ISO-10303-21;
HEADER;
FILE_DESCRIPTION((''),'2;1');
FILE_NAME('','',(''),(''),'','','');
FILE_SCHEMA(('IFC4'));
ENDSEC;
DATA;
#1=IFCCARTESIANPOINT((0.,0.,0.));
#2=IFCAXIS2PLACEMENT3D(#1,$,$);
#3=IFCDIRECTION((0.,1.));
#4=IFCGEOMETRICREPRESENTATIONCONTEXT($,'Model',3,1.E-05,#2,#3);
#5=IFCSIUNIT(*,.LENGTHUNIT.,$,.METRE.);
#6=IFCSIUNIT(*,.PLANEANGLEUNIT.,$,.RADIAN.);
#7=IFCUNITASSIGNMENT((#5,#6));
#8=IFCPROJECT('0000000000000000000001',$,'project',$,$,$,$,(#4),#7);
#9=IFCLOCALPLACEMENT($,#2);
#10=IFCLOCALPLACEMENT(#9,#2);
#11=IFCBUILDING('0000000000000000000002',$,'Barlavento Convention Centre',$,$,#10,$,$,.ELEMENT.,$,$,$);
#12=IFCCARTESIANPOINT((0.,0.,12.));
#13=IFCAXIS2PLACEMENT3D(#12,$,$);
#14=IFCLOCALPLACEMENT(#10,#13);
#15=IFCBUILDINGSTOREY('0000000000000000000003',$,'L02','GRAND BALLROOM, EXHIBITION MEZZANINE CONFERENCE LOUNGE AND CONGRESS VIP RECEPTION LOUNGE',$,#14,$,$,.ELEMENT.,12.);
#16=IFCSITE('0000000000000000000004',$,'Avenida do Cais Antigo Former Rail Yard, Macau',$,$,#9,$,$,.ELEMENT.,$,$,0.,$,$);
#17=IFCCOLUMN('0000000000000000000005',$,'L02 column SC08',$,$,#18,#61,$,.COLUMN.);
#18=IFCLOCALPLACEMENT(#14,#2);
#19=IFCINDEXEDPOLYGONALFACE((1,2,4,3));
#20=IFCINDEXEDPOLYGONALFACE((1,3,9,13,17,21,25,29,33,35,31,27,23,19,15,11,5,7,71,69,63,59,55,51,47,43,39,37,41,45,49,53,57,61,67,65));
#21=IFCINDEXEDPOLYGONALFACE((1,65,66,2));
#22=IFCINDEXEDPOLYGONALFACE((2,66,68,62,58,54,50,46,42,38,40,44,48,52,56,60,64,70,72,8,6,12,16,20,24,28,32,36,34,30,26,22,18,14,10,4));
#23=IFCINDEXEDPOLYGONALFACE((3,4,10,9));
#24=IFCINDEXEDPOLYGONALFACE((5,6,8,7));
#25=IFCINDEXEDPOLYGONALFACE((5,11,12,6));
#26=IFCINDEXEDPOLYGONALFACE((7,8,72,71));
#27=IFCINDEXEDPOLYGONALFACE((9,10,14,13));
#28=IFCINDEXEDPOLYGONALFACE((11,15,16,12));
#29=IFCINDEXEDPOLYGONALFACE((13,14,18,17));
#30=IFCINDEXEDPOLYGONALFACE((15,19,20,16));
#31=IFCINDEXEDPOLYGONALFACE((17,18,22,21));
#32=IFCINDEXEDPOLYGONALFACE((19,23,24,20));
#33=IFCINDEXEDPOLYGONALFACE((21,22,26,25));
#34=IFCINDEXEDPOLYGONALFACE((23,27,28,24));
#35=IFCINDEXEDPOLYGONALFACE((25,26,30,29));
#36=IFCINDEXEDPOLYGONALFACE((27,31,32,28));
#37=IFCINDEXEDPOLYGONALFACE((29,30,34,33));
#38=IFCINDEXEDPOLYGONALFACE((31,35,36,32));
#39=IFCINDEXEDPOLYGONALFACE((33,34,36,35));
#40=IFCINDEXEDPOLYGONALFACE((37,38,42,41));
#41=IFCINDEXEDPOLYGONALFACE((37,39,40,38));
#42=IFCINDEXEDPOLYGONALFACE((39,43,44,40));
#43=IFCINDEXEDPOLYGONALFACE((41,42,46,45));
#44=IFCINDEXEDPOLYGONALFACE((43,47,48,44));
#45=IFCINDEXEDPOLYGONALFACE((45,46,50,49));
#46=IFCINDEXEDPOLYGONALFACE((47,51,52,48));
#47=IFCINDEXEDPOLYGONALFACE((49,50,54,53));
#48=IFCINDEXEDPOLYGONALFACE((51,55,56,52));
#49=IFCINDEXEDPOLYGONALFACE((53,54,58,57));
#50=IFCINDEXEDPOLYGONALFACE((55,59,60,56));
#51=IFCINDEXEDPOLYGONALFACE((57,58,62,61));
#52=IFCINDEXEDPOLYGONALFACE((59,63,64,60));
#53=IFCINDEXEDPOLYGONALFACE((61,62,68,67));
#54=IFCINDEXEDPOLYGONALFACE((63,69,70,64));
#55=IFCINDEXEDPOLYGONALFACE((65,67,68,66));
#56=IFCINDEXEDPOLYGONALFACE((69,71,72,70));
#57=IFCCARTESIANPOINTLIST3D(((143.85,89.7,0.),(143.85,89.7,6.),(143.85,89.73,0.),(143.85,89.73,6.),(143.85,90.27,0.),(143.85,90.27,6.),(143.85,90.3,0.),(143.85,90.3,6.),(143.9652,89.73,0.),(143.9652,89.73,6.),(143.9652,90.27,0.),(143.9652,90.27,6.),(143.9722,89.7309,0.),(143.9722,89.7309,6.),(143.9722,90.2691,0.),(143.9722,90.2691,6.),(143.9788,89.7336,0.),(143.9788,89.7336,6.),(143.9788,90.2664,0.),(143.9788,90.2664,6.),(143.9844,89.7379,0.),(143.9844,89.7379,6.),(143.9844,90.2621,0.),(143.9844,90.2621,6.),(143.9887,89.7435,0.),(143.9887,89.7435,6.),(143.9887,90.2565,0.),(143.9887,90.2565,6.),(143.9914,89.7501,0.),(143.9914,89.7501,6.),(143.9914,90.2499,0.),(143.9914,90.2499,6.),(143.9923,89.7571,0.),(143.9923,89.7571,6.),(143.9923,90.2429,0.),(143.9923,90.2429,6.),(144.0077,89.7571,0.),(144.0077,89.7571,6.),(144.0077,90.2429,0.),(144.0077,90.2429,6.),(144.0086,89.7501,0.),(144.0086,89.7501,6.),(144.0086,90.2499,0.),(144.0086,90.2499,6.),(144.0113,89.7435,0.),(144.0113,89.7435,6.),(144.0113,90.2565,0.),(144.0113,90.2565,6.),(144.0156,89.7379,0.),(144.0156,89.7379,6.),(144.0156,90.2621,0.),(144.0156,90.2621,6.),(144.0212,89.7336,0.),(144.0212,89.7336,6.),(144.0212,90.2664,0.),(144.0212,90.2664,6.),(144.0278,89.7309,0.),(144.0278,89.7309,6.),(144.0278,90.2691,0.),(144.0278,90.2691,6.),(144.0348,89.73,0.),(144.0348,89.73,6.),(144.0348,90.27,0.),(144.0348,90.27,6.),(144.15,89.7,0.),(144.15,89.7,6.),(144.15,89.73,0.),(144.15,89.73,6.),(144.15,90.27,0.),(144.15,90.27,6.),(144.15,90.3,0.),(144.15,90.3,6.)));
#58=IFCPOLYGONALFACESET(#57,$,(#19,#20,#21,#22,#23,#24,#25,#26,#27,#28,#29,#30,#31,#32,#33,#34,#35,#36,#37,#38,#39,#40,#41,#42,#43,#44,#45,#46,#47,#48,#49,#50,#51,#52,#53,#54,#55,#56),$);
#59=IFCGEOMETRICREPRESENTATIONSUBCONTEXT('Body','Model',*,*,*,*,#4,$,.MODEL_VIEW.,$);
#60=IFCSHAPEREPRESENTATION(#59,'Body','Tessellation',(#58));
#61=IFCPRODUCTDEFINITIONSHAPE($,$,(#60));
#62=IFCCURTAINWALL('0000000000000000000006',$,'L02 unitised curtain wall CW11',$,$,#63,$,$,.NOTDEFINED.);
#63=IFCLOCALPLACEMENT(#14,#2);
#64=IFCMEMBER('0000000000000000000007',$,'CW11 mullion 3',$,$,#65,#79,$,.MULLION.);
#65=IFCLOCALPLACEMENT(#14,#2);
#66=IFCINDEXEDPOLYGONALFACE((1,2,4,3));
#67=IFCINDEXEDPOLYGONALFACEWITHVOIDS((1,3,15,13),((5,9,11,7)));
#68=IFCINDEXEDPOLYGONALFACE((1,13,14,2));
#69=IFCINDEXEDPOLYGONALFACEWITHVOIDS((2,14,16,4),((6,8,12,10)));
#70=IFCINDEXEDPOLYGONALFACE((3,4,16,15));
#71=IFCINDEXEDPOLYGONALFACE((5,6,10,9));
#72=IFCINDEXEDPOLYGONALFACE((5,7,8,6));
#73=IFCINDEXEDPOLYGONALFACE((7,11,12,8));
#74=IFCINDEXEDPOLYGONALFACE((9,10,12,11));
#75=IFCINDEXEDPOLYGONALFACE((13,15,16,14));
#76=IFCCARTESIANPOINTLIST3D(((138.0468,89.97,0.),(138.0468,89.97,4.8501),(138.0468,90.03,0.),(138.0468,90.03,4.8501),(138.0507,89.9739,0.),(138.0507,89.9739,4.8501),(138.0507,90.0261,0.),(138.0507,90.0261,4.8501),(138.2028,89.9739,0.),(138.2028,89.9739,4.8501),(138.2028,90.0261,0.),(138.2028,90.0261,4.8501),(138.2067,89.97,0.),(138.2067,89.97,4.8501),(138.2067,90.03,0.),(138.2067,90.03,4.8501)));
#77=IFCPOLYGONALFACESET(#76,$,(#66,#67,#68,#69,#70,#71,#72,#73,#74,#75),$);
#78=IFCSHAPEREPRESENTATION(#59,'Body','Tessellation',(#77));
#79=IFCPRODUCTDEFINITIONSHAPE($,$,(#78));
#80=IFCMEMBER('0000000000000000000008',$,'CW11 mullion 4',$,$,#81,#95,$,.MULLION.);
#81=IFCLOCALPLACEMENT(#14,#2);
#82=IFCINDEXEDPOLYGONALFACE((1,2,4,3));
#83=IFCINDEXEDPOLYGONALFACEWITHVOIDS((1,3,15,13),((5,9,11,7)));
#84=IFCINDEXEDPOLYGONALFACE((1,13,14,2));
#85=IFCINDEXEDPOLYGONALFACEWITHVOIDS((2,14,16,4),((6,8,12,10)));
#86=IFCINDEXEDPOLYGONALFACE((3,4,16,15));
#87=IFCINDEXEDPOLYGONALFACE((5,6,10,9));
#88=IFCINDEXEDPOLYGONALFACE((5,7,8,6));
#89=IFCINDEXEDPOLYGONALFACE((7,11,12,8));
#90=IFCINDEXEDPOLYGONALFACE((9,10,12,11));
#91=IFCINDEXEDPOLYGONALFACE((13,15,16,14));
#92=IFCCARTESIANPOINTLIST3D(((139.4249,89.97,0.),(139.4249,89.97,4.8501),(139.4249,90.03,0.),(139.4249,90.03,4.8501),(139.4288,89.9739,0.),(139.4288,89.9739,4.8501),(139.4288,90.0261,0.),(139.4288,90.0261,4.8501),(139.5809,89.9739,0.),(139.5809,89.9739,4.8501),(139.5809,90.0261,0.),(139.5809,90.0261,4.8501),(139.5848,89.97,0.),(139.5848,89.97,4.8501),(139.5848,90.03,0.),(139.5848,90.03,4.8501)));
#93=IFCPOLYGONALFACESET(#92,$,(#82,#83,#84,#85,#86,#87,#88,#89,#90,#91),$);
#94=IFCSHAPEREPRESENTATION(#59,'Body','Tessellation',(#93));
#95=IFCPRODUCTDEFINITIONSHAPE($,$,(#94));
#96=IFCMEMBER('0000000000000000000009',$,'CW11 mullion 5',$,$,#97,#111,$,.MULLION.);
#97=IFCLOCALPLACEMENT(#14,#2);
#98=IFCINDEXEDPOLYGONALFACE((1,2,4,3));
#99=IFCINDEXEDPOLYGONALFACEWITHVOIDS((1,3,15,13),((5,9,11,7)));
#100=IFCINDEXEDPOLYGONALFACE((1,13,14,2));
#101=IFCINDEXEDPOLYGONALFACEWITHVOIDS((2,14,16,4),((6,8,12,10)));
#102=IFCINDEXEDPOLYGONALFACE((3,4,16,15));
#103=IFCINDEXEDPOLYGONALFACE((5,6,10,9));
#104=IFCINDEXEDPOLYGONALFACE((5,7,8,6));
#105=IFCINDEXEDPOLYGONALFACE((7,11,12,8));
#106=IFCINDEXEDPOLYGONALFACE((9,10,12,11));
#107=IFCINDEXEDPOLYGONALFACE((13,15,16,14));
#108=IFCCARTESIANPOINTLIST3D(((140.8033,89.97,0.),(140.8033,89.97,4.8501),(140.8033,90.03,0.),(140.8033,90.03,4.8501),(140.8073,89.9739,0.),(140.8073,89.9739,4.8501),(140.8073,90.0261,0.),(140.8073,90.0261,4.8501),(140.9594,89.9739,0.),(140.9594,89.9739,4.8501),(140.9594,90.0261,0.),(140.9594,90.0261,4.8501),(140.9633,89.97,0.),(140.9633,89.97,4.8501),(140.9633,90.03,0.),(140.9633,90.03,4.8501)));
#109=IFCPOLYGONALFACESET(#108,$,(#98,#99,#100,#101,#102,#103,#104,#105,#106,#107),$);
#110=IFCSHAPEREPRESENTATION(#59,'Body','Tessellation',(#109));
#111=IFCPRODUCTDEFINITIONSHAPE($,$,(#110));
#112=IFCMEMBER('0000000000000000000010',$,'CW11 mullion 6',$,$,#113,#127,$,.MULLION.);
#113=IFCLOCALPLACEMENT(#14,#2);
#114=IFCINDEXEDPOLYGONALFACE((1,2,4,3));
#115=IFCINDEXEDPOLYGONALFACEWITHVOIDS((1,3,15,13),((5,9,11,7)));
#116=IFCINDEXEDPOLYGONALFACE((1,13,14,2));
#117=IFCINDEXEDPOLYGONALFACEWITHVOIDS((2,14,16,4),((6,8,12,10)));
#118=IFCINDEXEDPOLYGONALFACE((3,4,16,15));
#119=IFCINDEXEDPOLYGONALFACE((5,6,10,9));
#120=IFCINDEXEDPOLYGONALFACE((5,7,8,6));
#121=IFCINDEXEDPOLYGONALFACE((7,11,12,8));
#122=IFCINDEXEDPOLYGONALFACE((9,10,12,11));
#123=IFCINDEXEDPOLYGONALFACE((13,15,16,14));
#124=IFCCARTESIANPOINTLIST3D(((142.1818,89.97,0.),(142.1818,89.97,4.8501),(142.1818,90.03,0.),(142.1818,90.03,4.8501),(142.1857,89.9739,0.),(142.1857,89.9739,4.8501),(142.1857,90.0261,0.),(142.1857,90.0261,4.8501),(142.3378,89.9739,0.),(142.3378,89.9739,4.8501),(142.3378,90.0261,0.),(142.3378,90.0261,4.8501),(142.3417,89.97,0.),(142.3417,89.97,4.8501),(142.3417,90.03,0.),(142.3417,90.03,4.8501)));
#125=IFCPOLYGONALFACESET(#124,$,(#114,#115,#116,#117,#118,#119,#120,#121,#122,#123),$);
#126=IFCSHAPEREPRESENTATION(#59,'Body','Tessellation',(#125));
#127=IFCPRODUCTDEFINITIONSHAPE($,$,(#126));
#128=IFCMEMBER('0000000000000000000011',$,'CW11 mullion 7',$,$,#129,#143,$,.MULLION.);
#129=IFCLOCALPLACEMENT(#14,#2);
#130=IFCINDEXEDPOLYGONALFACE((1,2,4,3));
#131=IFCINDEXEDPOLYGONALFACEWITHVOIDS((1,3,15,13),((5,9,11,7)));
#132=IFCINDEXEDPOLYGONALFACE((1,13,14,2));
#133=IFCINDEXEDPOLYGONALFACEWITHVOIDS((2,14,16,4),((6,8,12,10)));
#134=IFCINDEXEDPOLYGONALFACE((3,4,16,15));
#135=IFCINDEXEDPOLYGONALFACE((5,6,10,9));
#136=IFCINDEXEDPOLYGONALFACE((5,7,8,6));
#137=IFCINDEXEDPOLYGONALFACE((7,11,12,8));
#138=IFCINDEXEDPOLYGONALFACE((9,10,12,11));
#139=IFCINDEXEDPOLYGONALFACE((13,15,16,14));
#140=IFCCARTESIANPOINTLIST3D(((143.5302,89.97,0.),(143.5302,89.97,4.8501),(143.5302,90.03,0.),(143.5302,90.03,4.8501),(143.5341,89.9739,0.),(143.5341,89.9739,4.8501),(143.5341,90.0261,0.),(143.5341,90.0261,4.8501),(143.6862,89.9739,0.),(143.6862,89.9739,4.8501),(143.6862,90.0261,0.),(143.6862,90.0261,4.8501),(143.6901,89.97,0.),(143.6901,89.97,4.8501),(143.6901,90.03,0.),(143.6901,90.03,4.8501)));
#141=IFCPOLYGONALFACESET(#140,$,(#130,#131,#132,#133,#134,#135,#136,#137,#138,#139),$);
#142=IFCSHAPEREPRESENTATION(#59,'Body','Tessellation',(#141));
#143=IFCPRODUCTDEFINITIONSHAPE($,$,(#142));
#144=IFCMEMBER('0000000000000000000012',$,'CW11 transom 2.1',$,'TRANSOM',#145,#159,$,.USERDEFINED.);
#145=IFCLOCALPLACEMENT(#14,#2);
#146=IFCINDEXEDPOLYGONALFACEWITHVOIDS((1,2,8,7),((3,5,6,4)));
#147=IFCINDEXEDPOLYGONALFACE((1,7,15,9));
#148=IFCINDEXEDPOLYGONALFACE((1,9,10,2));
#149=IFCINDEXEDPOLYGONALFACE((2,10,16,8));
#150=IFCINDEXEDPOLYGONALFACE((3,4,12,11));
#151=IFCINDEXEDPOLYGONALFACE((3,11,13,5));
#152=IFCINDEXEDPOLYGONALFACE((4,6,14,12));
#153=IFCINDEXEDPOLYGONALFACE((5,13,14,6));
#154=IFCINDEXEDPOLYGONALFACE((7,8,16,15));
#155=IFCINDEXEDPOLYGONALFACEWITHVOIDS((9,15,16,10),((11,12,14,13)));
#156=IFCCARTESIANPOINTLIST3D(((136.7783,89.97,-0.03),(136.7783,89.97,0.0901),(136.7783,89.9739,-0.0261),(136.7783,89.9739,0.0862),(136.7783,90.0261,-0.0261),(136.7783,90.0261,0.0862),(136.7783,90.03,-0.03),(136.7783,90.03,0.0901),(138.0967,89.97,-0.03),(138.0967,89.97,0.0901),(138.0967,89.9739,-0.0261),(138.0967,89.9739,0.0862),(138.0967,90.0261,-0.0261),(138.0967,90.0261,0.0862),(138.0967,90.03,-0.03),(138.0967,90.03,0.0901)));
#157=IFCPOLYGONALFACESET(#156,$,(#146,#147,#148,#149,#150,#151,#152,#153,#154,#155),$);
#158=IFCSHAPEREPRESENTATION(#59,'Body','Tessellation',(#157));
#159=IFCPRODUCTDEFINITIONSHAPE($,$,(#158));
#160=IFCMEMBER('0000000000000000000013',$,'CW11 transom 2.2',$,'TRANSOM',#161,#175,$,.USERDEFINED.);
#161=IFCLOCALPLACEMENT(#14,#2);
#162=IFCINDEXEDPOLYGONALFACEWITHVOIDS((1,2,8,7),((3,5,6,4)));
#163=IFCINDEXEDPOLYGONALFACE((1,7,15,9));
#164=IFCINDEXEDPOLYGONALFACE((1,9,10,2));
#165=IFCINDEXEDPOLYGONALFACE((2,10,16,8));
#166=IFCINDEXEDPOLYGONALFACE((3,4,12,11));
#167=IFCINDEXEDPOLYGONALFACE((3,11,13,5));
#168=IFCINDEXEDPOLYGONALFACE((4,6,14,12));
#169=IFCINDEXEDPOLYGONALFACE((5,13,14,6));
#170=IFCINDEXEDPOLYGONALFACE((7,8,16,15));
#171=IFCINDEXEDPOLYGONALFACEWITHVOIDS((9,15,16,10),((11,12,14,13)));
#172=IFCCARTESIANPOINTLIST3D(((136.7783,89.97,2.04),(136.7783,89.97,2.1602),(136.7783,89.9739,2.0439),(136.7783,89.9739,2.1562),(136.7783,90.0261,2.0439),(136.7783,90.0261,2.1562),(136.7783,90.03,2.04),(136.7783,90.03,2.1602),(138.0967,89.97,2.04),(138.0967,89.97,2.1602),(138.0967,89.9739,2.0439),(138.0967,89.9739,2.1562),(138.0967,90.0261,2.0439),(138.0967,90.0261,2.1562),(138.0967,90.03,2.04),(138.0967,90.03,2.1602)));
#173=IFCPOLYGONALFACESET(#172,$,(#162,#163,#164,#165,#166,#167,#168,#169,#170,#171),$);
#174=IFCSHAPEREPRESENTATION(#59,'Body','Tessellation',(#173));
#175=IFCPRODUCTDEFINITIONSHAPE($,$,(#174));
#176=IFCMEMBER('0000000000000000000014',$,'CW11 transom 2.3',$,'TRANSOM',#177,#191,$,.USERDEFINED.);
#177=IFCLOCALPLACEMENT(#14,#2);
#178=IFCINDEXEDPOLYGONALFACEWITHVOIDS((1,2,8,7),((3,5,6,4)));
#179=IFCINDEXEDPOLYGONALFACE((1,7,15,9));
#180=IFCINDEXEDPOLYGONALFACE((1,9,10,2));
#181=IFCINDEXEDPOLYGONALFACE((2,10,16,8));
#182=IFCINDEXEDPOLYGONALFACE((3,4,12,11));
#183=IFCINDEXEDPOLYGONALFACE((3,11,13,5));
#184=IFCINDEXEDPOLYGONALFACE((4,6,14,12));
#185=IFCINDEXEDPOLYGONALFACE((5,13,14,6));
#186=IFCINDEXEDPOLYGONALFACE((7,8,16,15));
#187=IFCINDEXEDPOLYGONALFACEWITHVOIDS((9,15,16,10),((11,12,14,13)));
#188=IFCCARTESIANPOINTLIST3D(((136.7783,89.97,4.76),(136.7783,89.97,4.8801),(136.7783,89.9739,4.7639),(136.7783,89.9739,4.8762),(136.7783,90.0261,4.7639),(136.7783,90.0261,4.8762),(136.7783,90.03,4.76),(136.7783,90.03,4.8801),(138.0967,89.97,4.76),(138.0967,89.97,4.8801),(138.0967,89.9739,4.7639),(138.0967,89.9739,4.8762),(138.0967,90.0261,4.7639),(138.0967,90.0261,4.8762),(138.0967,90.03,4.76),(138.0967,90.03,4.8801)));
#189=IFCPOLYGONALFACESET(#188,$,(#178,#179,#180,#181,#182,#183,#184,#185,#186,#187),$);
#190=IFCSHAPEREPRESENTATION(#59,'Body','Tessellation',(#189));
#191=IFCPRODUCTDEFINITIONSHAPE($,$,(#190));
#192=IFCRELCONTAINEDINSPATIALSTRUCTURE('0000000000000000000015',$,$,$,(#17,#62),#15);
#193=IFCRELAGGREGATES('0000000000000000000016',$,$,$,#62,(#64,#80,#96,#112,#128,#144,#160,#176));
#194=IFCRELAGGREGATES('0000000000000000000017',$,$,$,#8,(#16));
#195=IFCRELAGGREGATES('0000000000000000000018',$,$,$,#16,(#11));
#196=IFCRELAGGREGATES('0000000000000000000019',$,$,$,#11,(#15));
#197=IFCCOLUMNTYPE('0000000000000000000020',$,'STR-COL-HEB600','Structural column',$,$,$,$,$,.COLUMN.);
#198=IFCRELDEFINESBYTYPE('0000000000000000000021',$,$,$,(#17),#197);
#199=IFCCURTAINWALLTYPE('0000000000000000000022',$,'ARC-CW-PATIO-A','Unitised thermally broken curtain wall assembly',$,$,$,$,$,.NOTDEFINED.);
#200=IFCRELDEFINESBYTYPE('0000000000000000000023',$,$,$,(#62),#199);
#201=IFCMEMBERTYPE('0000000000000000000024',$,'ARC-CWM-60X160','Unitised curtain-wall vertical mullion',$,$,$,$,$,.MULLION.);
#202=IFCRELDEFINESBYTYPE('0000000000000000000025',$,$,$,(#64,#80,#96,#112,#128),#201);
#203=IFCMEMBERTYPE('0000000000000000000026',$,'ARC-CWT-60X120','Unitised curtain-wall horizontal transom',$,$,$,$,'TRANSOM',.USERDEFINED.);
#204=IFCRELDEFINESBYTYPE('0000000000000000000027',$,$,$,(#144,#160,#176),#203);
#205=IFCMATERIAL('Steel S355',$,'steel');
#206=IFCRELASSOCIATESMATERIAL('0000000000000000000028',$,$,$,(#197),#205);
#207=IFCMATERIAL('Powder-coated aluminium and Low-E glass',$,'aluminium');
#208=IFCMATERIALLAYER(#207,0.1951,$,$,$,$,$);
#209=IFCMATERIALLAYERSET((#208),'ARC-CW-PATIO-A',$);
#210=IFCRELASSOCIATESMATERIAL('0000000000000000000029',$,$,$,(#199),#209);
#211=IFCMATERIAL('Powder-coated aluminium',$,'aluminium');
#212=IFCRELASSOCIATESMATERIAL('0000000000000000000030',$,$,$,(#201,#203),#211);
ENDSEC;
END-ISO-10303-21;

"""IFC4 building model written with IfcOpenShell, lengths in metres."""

from ifc_helpers import new_model, si_unit, direction, frame, origin, origin_2d, place, context, subcontext, project, spatial, hollow_rectangle, i_section, extrude, material, layer, layer_set, material_profile, profile_set, type_object, element, aggregate, save


model = new_model("IFC4")

# Units and contexts
model_context = context("Model", 3, precision=1e-05, world=origin(), true_north=direction((0.0, 1.0)))
body_context = subcontext(model_context, "Body", "Model", "MODEL_VIEW")
ifc_project = project(units=[si_unit("LENGTHUNIT", "METRE"), si_unit("PLANEANGLEUNIT", "RADIAN")], contexts=[model_context])

# Site, building, storey
site_placement = place(None, origin())
site = spatial("IfcSite", under=ifc_project, at=site_placement, Name="Avenida do Cais Antigo Former Rail Yard, Macau", CompositionType="ELEMENT", RefElevation=0.0)
building_placement = place(site_placement, origin())
building = spatial("IfcBuilding", under=site, at=building_placement, Name="Barlavento Convention Centre", CompositionType="ELEMENT")
storey_placement = place(building_placement, frame((0.0, 0.0, 12.0)))
storey = spatial("IfcBuildingStorey", under=building, at=storey_placement, Name="L02", Description="GRAND BALLROOM, EXHIBITION MEZZANINE CONFERENCE LOUNGE AND CONGRESS VIP RECEPTION LOUNGE", CompositionType="ELEMENT", Elevation=12.0)

# Column
ifc_material_1 = material(Name="Steel S355", Category="steel")
ifc_material_profile_1 = material_profile(ifc_material_1, i_section(OverallWidth=0.3, OverallDepth=0.6001, WebThickness=0.0154, FlangeThickness=0.03, FilletRadius=0.0271, at=origin_2d()), Name="HEB 600")
ifc_profile_set_1 = profile_set([ifc_material_profile_1], Name="Steel S355")
column_type = type_object("IfcColumnType", Name="STR-COL-HEB600", Description="Structural column", PredefinedType="COLUMN", material=ifc_profile_set_1)
column_placement = place(storey_placement, frame((144.0, 90.0, 0.0), z_axis=(0.0, 0.0, 1.0), x_axis=(1.0, 0.0, 0.0)))
element("IfcColumn", 1, at=column_placement, inside=storey, type_object=column_type, Name="L02 column SC08", PredefinedType="COLUMN", context=body_context, shape_type="SweptSolid", body=[
    extrude(i_section(OverallWidth=0.3, OverallDepth=0.6001, WebThickness=0.0154, FlangeThickness=0.03, FilletRadius=0.0271, at=origin_2d()), origin(), (0.0, 0.0, 1.0), 6.0),
])

# Curtain wall, members
ifc_material_2 = material(Name="Powder-coated aluminium and Low-E glass", Category="aluminium")
ifc_layer_1 = layer(ifc_material_2, 0.1951)
ifc_layer_set_1 = layer_set([ifc_layer_1], Name="ARC-CW-PATIO-A")
curtain_wall_type = type_object("IfcCurtainWallType", Name="ARC-CW-PATIO-A", Description="Unitised thermally broken curtain wall assembly", PredefinedType="NOTDEFINED", material=ifc_layer_set_1)
curtain_wall_placement = place(storey_placement, origin())
curtain_wall = element("IfcCurtainWall", 2, at=curtain_wall_placement, inside=storey, type_object=curtain_wall_type, Name="L02 unitised curtain wall CW11", PredefinedType="NOTDEFINED")
ifc_material_3 = material(Name="Powder-coated aluminium", Category="aluminium")
ifc_material_profile_2 = material_profile(ifc_material_3, hollow_rectangle(XDim=0.0601, YDim=0.1599, WallThickness=0.0039, at=origin_2d()), Name="AL-MULL 60x160x4")
ifc_profile_set_2 = profile_set([ifc_material_profile_2], Name="Powder-coated aluminium")
member_type_1 = type_object("IfcMemberType", Name="ARC-CWM-60X160", Description="Unitised curtain-wall vertical mullion", PredefinedType="MULLION", material=ifc_profile_set_2)
member_1_placement = place(storey_placement, frame((138.1267, 90.0, 0.0), z_axis=(0.0, 0.0, 1.0), x_axis=(0.0, 1.0, 0.0)))
member_1 = element("IfcMember", 3, at=member_1_placement, type_object=member_type_1, Name="CW11 mullion 3", PredefinedType="MULLION", context=body_context, shape_type="SweptSolid", body=[
    extrude(hollow_rectangle(XDim=0.0601, YDim=0.1599, WallThickness=0.0039, at=origin_2d()), origin(), (0.0, 0.0, 1.0), 4.8501),
])
member_2_placement = place(storey_placement, frame((139.5049, 90.0, 0.0), z_axis=(0.0, 0.0, 1.0), x_axis=(0.0, 1.0, 0.0)))
member_2 = element("IfcMember", 4, at=member_2_placement, type_object=member_type_1, Name="CW11 mullion 4", PredefinedType="MULLION", context=body_context, shape_type="SweptSolid", body=[
    extrude(hollow_rectangle(XDim=0.0601, YDim=0.1599, WallThickness=0.0039, at=origin_2d()), origin(), (0.0, 0.0, 1.0), 4.8501),
])
member_3_placement = place(storey_placement, frame((140.8833, 90.0, 0.0), z_axis=(0.0, 0.0, 1.0), x_axis=(0.0, 1.0, 0.0)))
member_3 = element("IfcMember", 5, at=member_3_placement, type_object=member_type_1, Name="CW11 mullion 5", PredefinedType="MULLION", context=body_context, shape_type="SweptSolid", body=[
    extrude(hollow_rectangle(XDim=0.0601, YDim=0.1599, WallThickness=0.0039, at=origin_2d()), origin(), (0.0, 0.0, 1.0), 4.8501),
])
member_4_placement = place(storey_placement, frame((142.2617, 90.0, 0.0), z_axis=(0.0, 0.0, 1.0), x_axis=(0.0, 1.0, 0.0)))
member_4 = element("IfcMember", 6, at=member_4_placement, type_object=member_type_1, Name="CW11 mullion 6", PredefinedType="MULLION", context=body_context, shape_type="SweptSolid", body=[
    extrude(hollow_rectangle(XDim=0.0601, YDim=0.1599, WallThickness=0.0039, at=origin_2d()), origin(), (0.0, 0.0, 1.0), 4.8501),
])
member_5_placement = place(storey_placement, frame((143.6101, 90.0, 0.0), z_axis=(0.0, 0.0, 1.0), x_axis=(0.0, 1.0, 0.0)))
member_5 = element("IfcMember", 7, at=member_5_placement, type_object=member_type_1, Name="CW11 mullion 7", PredefinedType="MULLION", context=body_context, shape_type="SweptSolid", body=[
    extrude(hollow_rectangle(XDim=0.0601, YDim=0.1599, WallThickness=0.0039, at=origin_2d()), origin(), (0.0, 0.0, 1.0), 4.8501),
])
ifc_material_profile_3 = material_profile(ifc_material_3, hollow_rectangle(XDim=0.0601, YDim=0.1201, WallThickness=0.0039, at=origin_2d()), Name="AL-TRAN 60x120x4")
ifc_profile_set_3 = profile_set([ifc_material_profile_3], Name="Powder-coated aluminium")
member_type_2 = type_object("IfcMemberType", Name="ARC-CWT-60X120", Description="Unitised curtain-wall horizontal transom", ElementType="TRANSOM", PredefinedType="USERDEFINED", material=ifc_profile_set_3)
member_6_placement = place(storey_placement, frame((136.7783, 90.0, 0.03), z_axis=(1.0, 0.0, 0.0), x_axis=(0.0, 1.0, 0.0)))
member_6 = element("IfcMember", 8, at=member_6_placement, type_object=member_type_2, Name="CW11 transom 2.1", ObjectType="TRANSOM", PredefinedType="USERDEFINED", context=body_context, shape_type="SweptSolid", body=[
    extrude(hollow_rectangle(XDim=0.0601, YDim=0.1201, WallThickness=0.0039, at=origin_2d()), origin(), (0.0, 0.0, 1.0), 1.3184),
])
member_7_placement = place(storey_placement, frame((136.7783, 90.0, 2.1001), z_axis=(1.0, 0.0, 0.0), x_axis=(0.0, 1.0, 0.0)))
member_7 = element("IfcMember", 9, at=member_7_placement, type_object=member_type_2, Name="CW11 transom 2.2", ObjectType="TRANSOM", PredefinedType="USERDEFINED", context=body_context, shape_type="SweptSolid", body=[
    extrude(hollow_rectangle(XDim=0.0601, YDim=0.1201, WallThickness=0.0039, at=origin_2d()), origin(), (0.0, 0.0, 1.0), 1.3184),
])
member_8_placement = place(storey_placement, frame((136.7783, 90.0, 4.8201), z_axis=(1.0, 0.0, 0.0), x_axis=(0.0, 1.0, 0.0)))
member_8 = element("IfcMember", 10, at=member_8_placement, type_object=member_type_2, Name="CW11 transom 2.3", ObjectType="TRANSOM", PredefinedType="USERDEFINED", context=body_context, shape_type="SweptSolid", body=[
    extrude(hollow_rectangle(XDim=0.0601, YDim=0.1201, WallThickness=0.0039, at=origin_2d()), origin(), (0.0, 0.0, 1.0), 1.3184),
])

aggregate(curtain_wall, [member_1, member_2, member_3, member_4, member_5, member_6, member_7, member_8])

save(model, "model.ifc")
